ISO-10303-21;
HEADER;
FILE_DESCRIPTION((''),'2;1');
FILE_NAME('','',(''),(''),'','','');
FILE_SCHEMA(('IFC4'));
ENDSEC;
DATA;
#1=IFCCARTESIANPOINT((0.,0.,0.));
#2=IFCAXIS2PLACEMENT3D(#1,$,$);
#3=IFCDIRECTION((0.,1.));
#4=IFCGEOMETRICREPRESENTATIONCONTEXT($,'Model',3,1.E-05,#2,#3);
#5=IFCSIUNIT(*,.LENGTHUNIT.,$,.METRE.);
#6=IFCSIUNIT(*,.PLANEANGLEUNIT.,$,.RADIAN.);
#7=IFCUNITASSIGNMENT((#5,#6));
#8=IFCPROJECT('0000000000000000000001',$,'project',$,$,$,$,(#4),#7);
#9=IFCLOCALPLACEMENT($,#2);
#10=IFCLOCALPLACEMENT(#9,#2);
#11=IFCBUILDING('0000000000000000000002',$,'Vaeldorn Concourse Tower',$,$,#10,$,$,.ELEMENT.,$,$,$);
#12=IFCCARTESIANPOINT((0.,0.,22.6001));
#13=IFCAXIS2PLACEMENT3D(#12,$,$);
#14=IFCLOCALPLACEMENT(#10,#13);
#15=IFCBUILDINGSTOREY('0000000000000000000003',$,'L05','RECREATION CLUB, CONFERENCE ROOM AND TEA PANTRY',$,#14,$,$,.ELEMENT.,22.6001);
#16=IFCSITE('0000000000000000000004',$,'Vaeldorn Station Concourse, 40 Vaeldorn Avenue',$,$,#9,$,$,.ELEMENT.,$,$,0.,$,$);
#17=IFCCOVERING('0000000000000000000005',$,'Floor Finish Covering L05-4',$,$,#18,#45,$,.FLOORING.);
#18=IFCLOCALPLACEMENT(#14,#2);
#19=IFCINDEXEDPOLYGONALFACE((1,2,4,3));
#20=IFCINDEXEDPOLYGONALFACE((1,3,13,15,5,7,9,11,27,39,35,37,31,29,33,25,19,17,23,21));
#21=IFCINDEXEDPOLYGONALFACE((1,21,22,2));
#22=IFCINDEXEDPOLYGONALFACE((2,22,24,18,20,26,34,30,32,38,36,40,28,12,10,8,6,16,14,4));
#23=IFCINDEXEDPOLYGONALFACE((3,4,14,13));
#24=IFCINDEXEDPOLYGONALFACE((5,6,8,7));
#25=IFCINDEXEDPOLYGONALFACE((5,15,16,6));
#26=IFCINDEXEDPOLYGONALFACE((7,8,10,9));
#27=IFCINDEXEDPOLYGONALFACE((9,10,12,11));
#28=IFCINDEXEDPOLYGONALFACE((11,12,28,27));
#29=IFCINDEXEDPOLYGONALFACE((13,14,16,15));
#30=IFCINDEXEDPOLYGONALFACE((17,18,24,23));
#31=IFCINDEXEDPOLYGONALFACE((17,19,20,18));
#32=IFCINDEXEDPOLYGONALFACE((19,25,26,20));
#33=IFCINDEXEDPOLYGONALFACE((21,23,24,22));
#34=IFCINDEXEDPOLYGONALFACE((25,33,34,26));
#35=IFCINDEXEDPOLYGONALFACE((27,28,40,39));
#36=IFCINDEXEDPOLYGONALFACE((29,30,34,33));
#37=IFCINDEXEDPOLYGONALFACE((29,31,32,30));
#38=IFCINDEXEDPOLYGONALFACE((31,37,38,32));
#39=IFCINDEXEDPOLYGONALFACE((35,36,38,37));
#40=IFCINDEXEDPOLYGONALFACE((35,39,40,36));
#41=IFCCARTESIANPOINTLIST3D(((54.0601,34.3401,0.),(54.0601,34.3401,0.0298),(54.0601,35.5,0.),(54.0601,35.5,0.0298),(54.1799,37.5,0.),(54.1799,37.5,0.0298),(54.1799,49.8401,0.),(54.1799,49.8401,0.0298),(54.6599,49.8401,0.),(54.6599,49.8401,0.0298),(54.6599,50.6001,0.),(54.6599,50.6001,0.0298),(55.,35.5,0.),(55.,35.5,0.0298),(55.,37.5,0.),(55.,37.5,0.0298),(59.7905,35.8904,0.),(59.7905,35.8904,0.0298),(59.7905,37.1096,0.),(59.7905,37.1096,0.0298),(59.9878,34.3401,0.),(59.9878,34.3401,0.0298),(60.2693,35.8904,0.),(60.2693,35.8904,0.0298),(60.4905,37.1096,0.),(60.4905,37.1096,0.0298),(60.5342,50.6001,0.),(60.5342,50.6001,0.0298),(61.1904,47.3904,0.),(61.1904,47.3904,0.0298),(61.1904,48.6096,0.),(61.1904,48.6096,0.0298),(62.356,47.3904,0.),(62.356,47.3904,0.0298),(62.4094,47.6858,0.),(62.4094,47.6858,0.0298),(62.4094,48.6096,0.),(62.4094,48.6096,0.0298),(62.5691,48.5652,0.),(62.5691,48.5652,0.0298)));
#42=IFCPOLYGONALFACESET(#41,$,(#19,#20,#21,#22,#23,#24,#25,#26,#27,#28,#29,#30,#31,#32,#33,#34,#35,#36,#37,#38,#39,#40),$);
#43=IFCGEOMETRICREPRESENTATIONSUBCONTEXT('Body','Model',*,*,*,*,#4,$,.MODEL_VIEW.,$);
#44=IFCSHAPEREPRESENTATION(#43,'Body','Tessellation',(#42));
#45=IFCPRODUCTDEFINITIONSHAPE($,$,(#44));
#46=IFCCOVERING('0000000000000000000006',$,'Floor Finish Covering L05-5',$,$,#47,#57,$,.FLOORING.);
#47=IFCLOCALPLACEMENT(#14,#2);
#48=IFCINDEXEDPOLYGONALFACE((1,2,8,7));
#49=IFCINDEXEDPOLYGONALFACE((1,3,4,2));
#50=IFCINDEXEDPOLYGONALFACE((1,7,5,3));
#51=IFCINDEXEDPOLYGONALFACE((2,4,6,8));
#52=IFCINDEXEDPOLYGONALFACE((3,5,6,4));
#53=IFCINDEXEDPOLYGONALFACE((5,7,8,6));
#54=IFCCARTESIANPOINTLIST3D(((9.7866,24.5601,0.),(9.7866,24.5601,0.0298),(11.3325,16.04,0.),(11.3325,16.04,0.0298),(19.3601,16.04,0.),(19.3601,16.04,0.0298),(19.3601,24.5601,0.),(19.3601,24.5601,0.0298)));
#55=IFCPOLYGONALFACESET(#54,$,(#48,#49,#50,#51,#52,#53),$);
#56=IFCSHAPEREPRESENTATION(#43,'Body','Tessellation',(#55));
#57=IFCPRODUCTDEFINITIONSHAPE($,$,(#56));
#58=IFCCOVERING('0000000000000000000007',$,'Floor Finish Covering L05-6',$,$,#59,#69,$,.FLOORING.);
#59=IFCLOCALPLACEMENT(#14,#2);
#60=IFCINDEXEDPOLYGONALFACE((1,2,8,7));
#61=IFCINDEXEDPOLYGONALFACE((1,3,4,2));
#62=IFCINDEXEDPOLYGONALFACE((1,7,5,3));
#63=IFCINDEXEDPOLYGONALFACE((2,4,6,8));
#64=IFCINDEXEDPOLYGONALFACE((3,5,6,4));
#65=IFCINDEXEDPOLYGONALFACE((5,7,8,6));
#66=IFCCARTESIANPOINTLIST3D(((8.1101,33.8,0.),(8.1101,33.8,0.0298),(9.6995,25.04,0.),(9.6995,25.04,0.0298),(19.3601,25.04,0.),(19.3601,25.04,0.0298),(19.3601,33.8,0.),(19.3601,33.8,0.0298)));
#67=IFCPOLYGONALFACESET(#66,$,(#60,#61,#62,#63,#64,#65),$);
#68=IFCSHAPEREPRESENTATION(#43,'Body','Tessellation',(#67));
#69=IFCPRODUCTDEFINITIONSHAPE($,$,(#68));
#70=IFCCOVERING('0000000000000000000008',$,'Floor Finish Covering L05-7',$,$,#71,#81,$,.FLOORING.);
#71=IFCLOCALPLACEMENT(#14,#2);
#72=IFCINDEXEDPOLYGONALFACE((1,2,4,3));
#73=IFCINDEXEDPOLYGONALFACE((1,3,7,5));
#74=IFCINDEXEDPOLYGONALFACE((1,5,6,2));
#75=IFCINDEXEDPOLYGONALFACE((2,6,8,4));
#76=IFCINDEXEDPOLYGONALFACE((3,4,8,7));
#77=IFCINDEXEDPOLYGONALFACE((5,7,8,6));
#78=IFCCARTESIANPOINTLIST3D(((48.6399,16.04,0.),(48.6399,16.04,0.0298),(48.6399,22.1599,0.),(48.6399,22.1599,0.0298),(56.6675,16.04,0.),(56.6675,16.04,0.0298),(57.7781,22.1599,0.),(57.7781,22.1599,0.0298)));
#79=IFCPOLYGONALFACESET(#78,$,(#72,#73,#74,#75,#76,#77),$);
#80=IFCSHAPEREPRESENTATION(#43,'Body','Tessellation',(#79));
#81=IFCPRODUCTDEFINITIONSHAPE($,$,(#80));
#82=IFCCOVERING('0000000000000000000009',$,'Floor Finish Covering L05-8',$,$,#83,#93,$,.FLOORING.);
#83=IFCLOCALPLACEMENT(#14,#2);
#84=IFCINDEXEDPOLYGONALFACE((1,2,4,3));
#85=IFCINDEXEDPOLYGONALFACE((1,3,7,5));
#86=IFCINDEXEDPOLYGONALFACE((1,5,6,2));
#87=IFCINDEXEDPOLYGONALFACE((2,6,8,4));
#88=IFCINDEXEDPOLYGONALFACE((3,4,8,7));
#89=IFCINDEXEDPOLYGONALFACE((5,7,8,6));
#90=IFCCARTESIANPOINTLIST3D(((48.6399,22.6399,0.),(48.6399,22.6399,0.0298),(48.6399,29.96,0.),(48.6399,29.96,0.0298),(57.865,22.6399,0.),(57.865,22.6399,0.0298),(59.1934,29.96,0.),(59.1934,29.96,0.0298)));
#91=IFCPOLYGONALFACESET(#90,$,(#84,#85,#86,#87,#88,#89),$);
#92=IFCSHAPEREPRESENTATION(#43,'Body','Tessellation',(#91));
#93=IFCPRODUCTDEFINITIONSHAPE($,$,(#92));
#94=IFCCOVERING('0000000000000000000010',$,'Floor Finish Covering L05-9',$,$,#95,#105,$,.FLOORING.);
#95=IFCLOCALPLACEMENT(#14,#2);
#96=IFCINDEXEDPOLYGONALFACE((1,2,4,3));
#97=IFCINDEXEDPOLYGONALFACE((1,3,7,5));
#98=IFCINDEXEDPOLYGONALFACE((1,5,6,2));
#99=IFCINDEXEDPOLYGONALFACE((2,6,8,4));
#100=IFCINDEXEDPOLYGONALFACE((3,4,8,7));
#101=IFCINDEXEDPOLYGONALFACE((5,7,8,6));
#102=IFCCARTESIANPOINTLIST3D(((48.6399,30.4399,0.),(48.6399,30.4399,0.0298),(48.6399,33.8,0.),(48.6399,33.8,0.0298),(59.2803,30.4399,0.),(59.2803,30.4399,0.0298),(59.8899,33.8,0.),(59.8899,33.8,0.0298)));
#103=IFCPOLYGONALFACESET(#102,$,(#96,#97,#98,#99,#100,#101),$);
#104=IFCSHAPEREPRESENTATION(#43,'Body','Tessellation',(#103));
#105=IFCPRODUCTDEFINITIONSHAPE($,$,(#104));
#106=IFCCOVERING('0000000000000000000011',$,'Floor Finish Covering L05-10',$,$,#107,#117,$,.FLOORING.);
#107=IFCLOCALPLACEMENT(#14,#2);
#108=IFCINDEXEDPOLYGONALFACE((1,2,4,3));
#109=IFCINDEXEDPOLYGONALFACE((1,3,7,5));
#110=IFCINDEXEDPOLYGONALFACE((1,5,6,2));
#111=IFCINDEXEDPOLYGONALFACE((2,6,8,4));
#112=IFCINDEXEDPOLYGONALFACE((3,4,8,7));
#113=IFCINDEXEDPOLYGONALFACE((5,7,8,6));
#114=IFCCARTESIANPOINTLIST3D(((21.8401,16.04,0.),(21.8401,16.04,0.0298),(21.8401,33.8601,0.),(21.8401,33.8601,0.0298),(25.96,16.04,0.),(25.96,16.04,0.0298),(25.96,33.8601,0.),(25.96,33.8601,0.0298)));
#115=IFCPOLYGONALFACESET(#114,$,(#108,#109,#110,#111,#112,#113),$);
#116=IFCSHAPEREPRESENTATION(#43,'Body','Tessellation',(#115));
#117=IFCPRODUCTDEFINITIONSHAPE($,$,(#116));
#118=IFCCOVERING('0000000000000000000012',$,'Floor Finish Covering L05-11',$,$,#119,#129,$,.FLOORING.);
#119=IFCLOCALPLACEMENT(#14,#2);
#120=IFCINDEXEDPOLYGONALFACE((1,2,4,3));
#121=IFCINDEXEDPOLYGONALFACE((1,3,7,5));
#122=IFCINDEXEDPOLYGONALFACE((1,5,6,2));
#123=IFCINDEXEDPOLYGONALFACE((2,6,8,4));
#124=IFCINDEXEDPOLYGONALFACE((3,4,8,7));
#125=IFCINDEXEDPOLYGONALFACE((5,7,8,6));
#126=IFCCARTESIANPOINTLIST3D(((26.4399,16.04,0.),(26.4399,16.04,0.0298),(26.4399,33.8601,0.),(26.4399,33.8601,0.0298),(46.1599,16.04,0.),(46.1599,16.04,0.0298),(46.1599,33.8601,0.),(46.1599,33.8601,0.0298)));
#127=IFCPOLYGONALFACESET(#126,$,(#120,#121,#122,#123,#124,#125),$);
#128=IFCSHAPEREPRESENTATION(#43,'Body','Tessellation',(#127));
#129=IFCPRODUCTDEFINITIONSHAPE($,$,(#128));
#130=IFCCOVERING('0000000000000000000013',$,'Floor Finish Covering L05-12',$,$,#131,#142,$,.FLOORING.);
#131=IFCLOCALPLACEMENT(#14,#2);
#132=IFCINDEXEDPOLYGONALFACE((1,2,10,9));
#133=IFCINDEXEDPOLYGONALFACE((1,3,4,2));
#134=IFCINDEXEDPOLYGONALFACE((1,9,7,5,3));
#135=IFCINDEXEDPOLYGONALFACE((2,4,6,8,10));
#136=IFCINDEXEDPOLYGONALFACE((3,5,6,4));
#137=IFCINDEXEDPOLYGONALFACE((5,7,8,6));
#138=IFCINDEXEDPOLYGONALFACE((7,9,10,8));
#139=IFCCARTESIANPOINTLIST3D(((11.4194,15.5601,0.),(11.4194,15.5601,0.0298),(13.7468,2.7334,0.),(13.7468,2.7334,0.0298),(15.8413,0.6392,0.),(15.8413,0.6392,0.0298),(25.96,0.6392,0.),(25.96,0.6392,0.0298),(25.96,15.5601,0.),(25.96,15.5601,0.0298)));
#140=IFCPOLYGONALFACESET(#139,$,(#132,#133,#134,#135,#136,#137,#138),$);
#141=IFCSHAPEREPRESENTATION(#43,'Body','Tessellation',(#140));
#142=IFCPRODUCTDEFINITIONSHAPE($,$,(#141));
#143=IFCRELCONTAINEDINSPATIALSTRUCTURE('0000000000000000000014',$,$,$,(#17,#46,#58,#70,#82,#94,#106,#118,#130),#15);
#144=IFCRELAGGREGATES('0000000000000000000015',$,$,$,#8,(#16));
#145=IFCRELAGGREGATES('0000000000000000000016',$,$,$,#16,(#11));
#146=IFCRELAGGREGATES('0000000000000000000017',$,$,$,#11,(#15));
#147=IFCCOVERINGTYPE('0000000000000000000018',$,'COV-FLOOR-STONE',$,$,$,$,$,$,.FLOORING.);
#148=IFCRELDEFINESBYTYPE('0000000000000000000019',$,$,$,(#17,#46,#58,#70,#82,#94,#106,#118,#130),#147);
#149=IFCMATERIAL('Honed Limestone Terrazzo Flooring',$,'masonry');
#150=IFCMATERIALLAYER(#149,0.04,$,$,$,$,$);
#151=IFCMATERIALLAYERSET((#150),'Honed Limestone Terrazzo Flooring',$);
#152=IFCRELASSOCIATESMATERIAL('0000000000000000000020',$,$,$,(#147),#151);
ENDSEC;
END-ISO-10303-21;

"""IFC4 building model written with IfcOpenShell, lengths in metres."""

from ifc_helpers import new_model, si_unit, direction, frame, origin, place, context, subcontext, project, spatial, polyline, outline, extrude, material, layer, layer_set, type_object, element, save


model = new_model("IFC4")

# Units and contexts
model_context = context("Model", 3, precision=1e-05, world=origin(), true_north=direction((0.0, 1.0)))
body_context = subcontext(model_context, "Body", "Model", "MODEL_VIEW")
ifc_project = project(units=[si_unit("LENGTHUNIT", "METRE"), si_unit("PLANEANGLEUNIT", "RADIAN")], contexts=[model_context])

# Site, building, storey
site_placement = place(None, origin())
site = spatial("IfcSite", under=ifc_project, at=site_placement, Name="Vaeldorn Station Concourse, 40 Vaeldorn Avenue", CompositionType="ELEMENT", RefElevation=0.0)
building_placement = place(site_placement, origin())
building = spatial("IfcBuilding", under=site, at=building_placement, Name="Vaeldorn Concourse Tower", CompositionType="ELEMENT")
storey_placement = place(building_placement, frame((0.0, 0.0, 22.6001)))
storey = spatial("IfcBuildingStorey", under=building, at=storey_placement, Name="L05", Description="RECREATION CLUB, CONFERENCE ROOM AND TEA PANTRY", CompositionType="ELEMENT", Elevation=22.6001)

# Coverings
ifc_material_1 = material(Name="Honed Limestone Terrazzo Flooring", Category="masonry")
ifc_layer_1 = layer(ifc_material_1, 0.04)
ifc_layer_set_1 = layer_set([ifc_layer_1], Name="Honed Limestone Terrazzo Flooring")
covering_type_1 = type_object("IfcCoveringType", Name="COV-FLOOR-STONE", PredefinedType="FLOORING", material=ifc_layer_set_1)
covering_1_placement = place(storey_placement, origin())
element("IfcCovering", 1, at=covering_1_placement, inside=storey, type_object=covering_type_1, Name="Floor Finish Covering L05-4", PredefinedType="FLOORING", context=body_context, shape_type="SweptSolid", body=[
    extrude(outline(polyline([(54.1799, 49.8401), (54.6599, 49.8401), (54.6599, 50.6001), (60.5342, 50.6001), (62.5691, 48.5652), (62.4094, 47.6858), (62.4094, 48.6096), (61.1904, 48.6096), (61.1904, 47.3904), (62.356, 47.3904), (60.4905, 37.1096), (59.7905, 37.1096), (59.7905, 35.8904), (60.2693, 35.8904), (59.9878, 34.3401), (54.0601, 34.3401), (54.0601, 35.5), (55.0, 35.5), (55.0, 37.5), (54.1799, 37.5), (54.1799, 49.8401)])), origin(), (0.0, 0.0, 1.0), 0.0298),
])
covering_2_placement = place(storey_placement, origin())
element("IfcCovering", 2, at=covering_2_placement, inside=storey, type_object=covering_type_1, Name="Floor Finish Covering L05-5", PredefinedType="FLOORING", context=body_context, shape_type="SweptSolid", body=[
    extrude(outline(polyline([(19.3601, 24.5601), (19.3601, 16.04), (11.3325, 16.04), (9.7866, 24.5601), (19.3601, 24.5601)])), origin(), (0.0, 0.0, 1.0), 0.0298),
])
covering_3_placement = place(storey_placement, origin())
element("IfcCovering", 3, at=covering_3_placement, inside=storey, type_object=covering_type_1, Name="Floor Finish Covering L05-6", PredefinedType="FLOORING", context=body_context, shape_type="SweptSolid", body=[
    extrude(outline(polyline([(19.3601, 33.8), (19.3601, 25.04), (9.6995, 25.04), (8.1101, 33.8), (19.3601, 33.8)])), origin(), (0.0, 0.0, 1.0), 0.0298),
])
covering_4_placement = place(storey_placement, origin())
element("IfcCovering", 4, at=covering_4_placement, inside=storey, type_object=covering_type_1, Name="Floor Finish Covering L05-7", PredefinedType="FLOORING", context=body_context, shape_type="SweptSolid", body=[
    extrude(outline(polyline([(48.6399, 16.04), (48.6399, 22.1599), (57.7781, 22.1599), (56.6675, 16.04), (48.6399, 16.04)])), origin(), (0.0, 0.0, 1.0), 0.0298),
])
covering_5_placement = place(storey_placement, origin())
element("IfcCovering", 5, at=covering_5_placement, inside=storey, type_object=covering_type_1, Name="Floor Finish Covering L05-8", PredefinedType="FLOORING", context=body_context, shape_type="SweptSolid", body=[
    extrude(outline(polyline([(48.6399, 22.6399), (48.6399, 29.96), (59.1934, 29.96), (57.865, 22.6399), (48.6399, 22.6399)])), origin(), (0.0, 0.0, 1.0), 0.0298),
])
covering_6_placement = place(storey_placement, origin())
element("IfcCovering", 6, at=covering_6_placement, inside=storey, type_object=covering_type_1, Name="Floor Finish Covering L05-9", PredefinedType="FLOORING", context=body_context, shape_type="SweptSolid", body=[
    extrude(outline(polyline([(48.6399, 30.4399), (48.6399, 33.8), (59.8899, 33.8), (59.2803, 30.4399), (48.6399, 30.4399)])), origin(), (0.0, 0.0, 1.0), 0.0298),
])
covering_7_placement = place(storey_placement, origin())
element("IfcCovering", 7, at=covering_7_placement, inside=storey, type_object=covering_type_1, Name="Floor Finish Covering L05-10", PredefinedType="FLOORING", context=body_context, shape_type="SweptSolid", body=[
    extrude(outline(polyline([(21.8401, 33.8601), (25.96, 33.8601), (25.96, 16.04), (21.8401, 16.04), (21.8401, 33.8601)])), origin(), (0.0, 0.0, 1.0), 0.0298),
])
covering_8_placement = place(storey_placement, origin())
element("IfcCovering", 8, at=covering_8_placement, inside=storey, type_object=covering_type_1, Name="Floor Finish Covering L05-11", PredefinedType="FLOORING", context=body_context, shape_type="SweptSolid", body=[
    extrude(outline(polyline([(26.4399, 33.8601), (46.1599, 33.8601), (46.1599, 16.04), (26.4399, 16.04), (26.4399, 33.8601)])), origin(), (0.0, 0.0, 1.0), 0.0298),
])
covering_9_placement = place(storey_placement, origin())
element("IfcCovering", 9, at=covering_9_placement, inside=storey, type_object=covering_type_1, Name="Floor Finish Covering L05-12", PredefinedType="FLOORING", context=body_context, shape_type="SweptSolid", body=[
    extrude(outline(polyline([(25.96, 15.5601), (25.96, 0.6392), (15.8413, 0.6392), (13.7468, 2.7334), (11.4194, 15.5601), (25.96, 15.5601)])), origin(), (0.0, 0.0, 1.0), 0.0298),
])

save(model, "model.ifc")
